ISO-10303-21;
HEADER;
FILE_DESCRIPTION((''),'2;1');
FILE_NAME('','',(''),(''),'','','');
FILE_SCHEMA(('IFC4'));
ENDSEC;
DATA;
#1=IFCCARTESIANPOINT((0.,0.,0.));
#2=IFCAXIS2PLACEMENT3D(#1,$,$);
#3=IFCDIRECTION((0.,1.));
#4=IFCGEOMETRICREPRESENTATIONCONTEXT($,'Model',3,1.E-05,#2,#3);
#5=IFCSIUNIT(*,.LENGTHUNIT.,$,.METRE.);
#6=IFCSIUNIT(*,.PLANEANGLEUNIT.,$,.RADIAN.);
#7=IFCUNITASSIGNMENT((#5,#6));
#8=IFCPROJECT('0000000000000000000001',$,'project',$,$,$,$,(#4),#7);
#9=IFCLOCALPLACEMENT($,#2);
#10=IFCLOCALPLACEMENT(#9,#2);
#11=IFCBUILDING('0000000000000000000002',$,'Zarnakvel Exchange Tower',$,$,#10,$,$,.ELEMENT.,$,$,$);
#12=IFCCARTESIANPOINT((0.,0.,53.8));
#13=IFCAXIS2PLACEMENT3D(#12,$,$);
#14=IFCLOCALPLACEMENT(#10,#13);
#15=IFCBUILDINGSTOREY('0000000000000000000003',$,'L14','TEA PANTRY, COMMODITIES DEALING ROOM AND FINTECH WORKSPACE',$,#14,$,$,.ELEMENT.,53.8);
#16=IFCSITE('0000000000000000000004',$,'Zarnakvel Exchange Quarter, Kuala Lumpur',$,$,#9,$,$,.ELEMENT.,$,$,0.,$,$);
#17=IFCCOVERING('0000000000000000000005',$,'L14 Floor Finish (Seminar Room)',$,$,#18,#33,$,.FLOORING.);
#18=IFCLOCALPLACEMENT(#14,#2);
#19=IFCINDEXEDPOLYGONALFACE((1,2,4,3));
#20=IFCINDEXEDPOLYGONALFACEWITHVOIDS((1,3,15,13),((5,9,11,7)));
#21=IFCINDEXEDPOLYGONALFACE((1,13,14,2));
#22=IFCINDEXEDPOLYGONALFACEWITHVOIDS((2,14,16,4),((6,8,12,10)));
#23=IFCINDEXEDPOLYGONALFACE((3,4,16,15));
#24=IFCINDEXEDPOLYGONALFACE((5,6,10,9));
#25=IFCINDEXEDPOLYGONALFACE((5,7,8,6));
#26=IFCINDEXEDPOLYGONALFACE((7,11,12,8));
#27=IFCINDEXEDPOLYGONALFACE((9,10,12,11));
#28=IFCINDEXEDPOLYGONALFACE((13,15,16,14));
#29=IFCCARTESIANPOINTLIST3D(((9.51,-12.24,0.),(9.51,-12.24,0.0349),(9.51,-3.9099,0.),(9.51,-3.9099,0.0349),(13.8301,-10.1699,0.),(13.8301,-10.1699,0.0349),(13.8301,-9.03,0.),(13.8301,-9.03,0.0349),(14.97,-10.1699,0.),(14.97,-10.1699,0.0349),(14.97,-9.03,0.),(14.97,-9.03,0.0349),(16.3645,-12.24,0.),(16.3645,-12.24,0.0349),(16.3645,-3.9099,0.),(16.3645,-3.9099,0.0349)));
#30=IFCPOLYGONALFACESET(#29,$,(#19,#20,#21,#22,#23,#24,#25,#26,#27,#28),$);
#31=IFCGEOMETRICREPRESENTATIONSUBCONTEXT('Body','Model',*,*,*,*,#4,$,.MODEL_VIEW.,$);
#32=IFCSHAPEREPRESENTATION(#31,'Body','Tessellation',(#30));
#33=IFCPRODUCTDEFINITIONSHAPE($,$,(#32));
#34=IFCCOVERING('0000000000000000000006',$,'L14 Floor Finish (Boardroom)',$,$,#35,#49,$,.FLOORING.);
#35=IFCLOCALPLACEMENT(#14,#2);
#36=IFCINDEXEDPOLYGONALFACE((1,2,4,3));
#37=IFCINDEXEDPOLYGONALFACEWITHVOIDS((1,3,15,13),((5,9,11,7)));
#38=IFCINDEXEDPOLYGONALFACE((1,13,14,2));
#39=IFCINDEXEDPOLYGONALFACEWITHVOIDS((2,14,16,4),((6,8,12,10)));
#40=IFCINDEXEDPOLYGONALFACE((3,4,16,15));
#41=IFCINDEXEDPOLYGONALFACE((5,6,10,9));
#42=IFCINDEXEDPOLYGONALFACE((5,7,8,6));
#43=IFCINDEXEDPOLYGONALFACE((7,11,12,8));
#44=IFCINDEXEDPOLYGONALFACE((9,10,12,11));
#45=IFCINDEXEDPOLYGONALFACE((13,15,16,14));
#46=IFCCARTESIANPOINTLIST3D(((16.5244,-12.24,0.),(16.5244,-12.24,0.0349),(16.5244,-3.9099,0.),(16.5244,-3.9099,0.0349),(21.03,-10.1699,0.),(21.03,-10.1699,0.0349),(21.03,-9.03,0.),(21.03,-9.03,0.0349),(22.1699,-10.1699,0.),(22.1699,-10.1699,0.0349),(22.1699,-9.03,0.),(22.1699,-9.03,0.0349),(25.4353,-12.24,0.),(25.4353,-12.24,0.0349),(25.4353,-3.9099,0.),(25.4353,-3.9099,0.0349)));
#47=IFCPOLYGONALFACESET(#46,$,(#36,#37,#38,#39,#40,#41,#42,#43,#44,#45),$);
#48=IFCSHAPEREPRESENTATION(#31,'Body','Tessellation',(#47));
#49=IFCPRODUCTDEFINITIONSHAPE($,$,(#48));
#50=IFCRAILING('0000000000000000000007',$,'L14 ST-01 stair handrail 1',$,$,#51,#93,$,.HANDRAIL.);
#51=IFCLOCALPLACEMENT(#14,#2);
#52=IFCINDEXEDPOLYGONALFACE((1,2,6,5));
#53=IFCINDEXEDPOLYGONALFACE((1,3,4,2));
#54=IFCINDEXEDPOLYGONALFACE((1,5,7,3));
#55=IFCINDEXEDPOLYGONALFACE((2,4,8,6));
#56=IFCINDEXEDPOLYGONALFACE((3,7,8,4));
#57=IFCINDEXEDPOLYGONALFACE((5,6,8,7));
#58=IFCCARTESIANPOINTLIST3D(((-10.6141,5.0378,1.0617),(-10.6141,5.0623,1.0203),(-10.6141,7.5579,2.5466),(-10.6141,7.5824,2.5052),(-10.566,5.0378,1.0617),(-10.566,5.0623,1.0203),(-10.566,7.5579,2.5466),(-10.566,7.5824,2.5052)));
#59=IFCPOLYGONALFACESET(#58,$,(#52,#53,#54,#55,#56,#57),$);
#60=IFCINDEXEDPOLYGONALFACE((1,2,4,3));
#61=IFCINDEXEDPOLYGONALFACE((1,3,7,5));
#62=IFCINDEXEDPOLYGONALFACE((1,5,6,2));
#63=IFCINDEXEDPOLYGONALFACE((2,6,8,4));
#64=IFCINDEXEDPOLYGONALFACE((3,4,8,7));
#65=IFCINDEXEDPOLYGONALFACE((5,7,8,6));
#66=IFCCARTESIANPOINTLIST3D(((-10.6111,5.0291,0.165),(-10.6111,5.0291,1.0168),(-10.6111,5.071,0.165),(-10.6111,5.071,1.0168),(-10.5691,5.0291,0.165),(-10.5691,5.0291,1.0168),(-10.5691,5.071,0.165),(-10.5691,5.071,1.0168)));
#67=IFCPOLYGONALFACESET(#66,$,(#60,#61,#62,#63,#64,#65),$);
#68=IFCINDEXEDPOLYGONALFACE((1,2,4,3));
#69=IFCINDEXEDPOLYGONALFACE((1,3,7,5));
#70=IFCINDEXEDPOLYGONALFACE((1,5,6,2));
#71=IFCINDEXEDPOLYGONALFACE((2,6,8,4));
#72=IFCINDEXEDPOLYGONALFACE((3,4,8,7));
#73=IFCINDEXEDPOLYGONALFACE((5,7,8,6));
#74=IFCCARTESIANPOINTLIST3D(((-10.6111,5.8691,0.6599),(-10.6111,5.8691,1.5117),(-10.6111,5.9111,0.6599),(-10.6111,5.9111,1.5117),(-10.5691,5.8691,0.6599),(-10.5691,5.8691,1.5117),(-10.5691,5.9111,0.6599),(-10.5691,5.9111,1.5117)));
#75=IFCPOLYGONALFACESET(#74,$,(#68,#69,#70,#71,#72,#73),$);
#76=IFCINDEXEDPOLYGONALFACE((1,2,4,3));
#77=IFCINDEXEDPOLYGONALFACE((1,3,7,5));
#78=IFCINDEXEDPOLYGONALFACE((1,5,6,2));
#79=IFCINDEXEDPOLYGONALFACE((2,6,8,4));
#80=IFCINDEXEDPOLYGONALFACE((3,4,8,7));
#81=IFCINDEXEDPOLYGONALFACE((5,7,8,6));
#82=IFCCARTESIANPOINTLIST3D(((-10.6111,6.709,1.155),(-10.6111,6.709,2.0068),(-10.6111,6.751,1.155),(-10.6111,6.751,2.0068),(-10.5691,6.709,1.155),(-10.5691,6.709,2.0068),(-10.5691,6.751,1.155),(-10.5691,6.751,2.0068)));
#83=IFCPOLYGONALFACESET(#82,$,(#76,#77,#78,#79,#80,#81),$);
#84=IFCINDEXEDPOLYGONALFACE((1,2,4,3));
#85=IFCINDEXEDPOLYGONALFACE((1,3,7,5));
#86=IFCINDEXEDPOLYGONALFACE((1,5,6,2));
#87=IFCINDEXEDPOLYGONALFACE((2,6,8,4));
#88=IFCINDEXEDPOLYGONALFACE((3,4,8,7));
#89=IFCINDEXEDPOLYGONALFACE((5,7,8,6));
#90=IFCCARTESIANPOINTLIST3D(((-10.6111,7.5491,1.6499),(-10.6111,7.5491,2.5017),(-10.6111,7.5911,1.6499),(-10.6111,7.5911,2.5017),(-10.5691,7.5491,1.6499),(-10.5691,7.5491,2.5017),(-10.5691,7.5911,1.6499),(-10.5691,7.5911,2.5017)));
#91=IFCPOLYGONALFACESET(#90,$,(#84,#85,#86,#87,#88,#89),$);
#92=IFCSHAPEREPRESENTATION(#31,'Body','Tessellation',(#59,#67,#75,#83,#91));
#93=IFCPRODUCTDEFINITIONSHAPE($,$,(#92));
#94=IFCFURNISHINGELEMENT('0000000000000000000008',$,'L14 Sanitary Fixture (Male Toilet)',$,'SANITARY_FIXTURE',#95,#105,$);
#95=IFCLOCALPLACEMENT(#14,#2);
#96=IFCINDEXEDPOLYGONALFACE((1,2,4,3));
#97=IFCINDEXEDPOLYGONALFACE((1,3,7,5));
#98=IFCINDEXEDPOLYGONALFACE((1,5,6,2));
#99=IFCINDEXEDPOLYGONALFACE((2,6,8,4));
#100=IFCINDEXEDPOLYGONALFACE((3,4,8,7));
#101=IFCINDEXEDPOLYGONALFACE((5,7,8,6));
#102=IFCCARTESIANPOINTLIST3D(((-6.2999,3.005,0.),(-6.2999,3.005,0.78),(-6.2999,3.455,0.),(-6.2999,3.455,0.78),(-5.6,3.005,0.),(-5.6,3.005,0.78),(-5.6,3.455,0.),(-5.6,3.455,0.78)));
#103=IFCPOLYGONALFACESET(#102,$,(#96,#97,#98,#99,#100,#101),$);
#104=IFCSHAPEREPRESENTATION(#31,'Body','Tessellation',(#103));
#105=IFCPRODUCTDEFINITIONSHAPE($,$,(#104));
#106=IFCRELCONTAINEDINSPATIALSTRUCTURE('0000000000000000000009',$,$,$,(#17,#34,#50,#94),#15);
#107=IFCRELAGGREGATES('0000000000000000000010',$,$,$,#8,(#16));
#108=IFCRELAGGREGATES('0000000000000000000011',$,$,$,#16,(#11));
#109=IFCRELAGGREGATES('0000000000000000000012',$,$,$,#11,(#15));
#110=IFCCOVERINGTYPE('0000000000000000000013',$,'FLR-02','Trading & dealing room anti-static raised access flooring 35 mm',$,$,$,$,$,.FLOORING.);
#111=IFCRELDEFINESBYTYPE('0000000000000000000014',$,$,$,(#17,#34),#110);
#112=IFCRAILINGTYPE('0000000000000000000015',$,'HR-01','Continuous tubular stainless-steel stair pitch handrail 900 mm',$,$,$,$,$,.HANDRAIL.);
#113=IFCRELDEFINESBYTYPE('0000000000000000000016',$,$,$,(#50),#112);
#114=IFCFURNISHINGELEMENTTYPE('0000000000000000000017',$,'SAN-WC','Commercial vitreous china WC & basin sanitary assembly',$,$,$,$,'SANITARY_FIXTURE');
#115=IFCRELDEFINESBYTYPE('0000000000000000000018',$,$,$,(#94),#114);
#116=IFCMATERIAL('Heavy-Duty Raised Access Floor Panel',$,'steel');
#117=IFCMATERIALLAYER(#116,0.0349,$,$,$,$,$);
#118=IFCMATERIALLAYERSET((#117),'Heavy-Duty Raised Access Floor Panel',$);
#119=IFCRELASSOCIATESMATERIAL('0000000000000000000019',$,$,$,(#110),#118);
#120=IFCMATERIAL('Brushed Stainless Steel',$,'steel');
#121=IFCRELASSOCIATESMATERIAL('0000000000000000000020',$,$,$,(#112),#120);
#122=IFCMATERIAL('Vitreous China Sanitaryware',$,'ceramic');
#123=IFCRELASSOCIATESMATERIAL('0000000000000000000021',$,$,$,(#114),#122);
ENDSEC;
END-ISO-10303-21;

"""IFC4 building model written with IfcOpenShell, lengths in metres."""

from ifc_helpers import new_model, si_unit, direction, frame, origin, origin_2d, place, context, subcontext, project, spatial, polyline, rectangle, outline, extrude, source, transform, mapped, material, layer, layer_set, type_object, element, save


model = new_model("IFC4")

# Units and contexts
model_context = context("Model", 3, precision=1e-05, world=origin(), true_north=direction((0.0, 1.0)))
body_context = subcontext(model_context, "Body", "Model", "MODEL_VIEW")
ifc_project = project(units=[si_unit("LENGTHUNIT", "METRE"), si_unit("PLANEANGLEUNIT", "RADIAN")], contexts=[model_context])

# Site, building, storey
site_placement = place(None, origin())
site = spatial("IfcSite", under=ifc_project, at=site_placement, Name="Zarnakvel Exchange Quarter, Kuala Lumpur", CompositionType="ELEMENT", RefElevation=0.0)
building_placement = place(site_placement, origin())
building = spatial("IfcBuilding", under=site, at=building_placement, Name="Zarnakvel Exchange Tower", CompositionType="ELEMENT")
storey_placement = place(building_placement, frame((0.0, 0.0, 53.8)))
storey = spatial("IfcBuildingStorey", under=building, at=storey_placement, Name="L14", Description="TEA PANTRY, COMMODITIES DEALING ROOM AND FINTECH WORKSPACE", CompositionType="ELEMENT", Elevation=53.8)

# Shared definitions
ifc_material_1 = material(Name="Brushed Stainless Steel", Category="steel")

# Coverings
ifc_material_2 = material(Name="Heavy-Duty Raised Access Floor Panel", Category="steel")
ifc_layer_1 = layer(ifc_material_2, 0.0349)
ifc_layer_set_1 = layer_set([ifc_layer_1], Name="Heavy-Duty Raised Access Floor Panel")
covering_type_1 = type_object("IfcCoveringType", Name="FLR-02", Description="Trading & dealing room anti-static raised access flooring 35 mm", PredefinedType="FLOORING", material=ifc_layer_set_1)
covering_1_placement = place(storey_placement, origin())
element("IfcCovering", 1, at=covering_1_placement, inside=storey, type_object=covering_type_1, Name="L14 Floor Finish (Seminar Room)", PredefinedType="FLOORING", context=body_context, shape_type="SweptSolid", body=[
    extrude(outline(polyline([(9.51, -3.9099), (16.3645, -3.9099), (16.3645, -12.24), (9.51, -12.24), (9.51, -3.9099)]), holes=[polyline([(13.8301, -10.1699), (14.97, -10.1699), (14.97, -9.03), (13.8301, -9.03), (13.8301, -10.1699)])]), origin(), (0.0, 0.0, 1.0), 0.0349),
])
covering_2_placement = place(storey_placement, origin())
element("IfcCovering", 2, at=covering_2_placement, inside=storey, type_object=covering_type_1, Name="L14 Floor Finish (Boardroom)", PredefinedType="FLOORING", context=body_context, shape_type="SweptSolid", body=[
    extrude(outline(polyline([(16.5244, -3.9099), (25.4353, -3.9099), (25.4353, -12.24), (16.5244, -12.24), (16.5244, -3.9099)]), holes=[polyline([(22.1699, -10.1699), (22.1699, -9.03), (21.03, -9.03), (21.03, -10.1699), (22.1699, -10.1699)])]), origin(), (0.0, 0.0, 1.0), 0.0349),
])

# Railing
railing_type = type_object("IfcRailingType", Name="HR-01", Description="Continuous tubular stainless-steel stair pitch handrail 900 mm", PredefinedType="HANDRAIL", material=ifc_material_1)
railing_placement = place(storey_placement, frame((-10.5901, 5.05, 0.165)))
element("IfcRailing", 3, at=railing_placement, inside=storey, type_object=railing_type, Name="L14 ST-01 stair handrail 1", PredefinedType="HANDRAIL", context=body_context, shape_type="SweptSolid", body=[
    extrude(rectangle(XDim=0.0481, YDim=0.0481, at=origin_2d()), frame((0.0, 0.0, 0.876), z_axis=(0.0, 0.861561, 0.507655), x_axis=(-1.0, 0.0, 0.0)), (0.0, 0.0, 1.0), 2.925),
    extrude(rectangle(XDim=0.042, YDim=0.042, at=origin_2d()), origin(), (0.0, 0.0, 1.0), 0.8518),
    extrude(rectangle(XDim=0.042, YDim=0.042, at=origin_2d()), frame((0.0, 0.8401, 0.4949)), (0.0, 0.0, 1.0), 0.8518),
    extrude(rectangle(XDim=0.042, YDim=0.042, at=origin_2d()), frame((0.0, 1.6799, 0.99)), (0.0, 0.0, 1.0), 0.8518),
    extrude(rectangle(XDim=0.042, YDim=0.042, at=origin_2d()), frame((0.0, 2.52, 1.4849)), (0.0, 0.0, 1.0), 0.8518),
])

# Furnishing element
ifc_material_3 = material(Name="Vitreous China Sanitaryware", Category="ceramic")
furnishing_element_type = type_object("IfcFurnishingElementType", Name="SAN-WC", Description="Commercial vitreous china WC & basin sanitary assembly", ElementType="SANITARY_FIXTURE", material=ifc_material_3)
shared_shape_1 = source(origin(), body_context, "Body", "SweptSolid", [
    extrude(rectangle(XDim=0.7, YDim=0.45, at=origin_2d()), origin(), (0.0, 0.0, 1.0), 0.78),
])
furnishing_placement = place(storey_placement, frame((-5.95, 3.23, 0.0), z_axis=(0.0, 0.0, 1.0), x_axis=(1.0, 0.0, 0.0)))
element("IfcFurnishingElement", 4, at=furnishing_placement, inside=storey, type_object=furnishing_element_type, Name="L14 Sanitary Fixture (Male Toilet)", ObjectType="SANITARY_FIXTURE", context=body_context, shape_type="MappedRepresentation", body=[
    mapped(shared_shape_1, transform((0.0, 0.0, 0.0), x_axis=(1.0, 0.0, 0.0), y_axis=(0.0, 1.0, 0.0), z_axis=(0.0, 0.0, 1.0), scale=1.0)),
])

save(model, "model.ifc")
